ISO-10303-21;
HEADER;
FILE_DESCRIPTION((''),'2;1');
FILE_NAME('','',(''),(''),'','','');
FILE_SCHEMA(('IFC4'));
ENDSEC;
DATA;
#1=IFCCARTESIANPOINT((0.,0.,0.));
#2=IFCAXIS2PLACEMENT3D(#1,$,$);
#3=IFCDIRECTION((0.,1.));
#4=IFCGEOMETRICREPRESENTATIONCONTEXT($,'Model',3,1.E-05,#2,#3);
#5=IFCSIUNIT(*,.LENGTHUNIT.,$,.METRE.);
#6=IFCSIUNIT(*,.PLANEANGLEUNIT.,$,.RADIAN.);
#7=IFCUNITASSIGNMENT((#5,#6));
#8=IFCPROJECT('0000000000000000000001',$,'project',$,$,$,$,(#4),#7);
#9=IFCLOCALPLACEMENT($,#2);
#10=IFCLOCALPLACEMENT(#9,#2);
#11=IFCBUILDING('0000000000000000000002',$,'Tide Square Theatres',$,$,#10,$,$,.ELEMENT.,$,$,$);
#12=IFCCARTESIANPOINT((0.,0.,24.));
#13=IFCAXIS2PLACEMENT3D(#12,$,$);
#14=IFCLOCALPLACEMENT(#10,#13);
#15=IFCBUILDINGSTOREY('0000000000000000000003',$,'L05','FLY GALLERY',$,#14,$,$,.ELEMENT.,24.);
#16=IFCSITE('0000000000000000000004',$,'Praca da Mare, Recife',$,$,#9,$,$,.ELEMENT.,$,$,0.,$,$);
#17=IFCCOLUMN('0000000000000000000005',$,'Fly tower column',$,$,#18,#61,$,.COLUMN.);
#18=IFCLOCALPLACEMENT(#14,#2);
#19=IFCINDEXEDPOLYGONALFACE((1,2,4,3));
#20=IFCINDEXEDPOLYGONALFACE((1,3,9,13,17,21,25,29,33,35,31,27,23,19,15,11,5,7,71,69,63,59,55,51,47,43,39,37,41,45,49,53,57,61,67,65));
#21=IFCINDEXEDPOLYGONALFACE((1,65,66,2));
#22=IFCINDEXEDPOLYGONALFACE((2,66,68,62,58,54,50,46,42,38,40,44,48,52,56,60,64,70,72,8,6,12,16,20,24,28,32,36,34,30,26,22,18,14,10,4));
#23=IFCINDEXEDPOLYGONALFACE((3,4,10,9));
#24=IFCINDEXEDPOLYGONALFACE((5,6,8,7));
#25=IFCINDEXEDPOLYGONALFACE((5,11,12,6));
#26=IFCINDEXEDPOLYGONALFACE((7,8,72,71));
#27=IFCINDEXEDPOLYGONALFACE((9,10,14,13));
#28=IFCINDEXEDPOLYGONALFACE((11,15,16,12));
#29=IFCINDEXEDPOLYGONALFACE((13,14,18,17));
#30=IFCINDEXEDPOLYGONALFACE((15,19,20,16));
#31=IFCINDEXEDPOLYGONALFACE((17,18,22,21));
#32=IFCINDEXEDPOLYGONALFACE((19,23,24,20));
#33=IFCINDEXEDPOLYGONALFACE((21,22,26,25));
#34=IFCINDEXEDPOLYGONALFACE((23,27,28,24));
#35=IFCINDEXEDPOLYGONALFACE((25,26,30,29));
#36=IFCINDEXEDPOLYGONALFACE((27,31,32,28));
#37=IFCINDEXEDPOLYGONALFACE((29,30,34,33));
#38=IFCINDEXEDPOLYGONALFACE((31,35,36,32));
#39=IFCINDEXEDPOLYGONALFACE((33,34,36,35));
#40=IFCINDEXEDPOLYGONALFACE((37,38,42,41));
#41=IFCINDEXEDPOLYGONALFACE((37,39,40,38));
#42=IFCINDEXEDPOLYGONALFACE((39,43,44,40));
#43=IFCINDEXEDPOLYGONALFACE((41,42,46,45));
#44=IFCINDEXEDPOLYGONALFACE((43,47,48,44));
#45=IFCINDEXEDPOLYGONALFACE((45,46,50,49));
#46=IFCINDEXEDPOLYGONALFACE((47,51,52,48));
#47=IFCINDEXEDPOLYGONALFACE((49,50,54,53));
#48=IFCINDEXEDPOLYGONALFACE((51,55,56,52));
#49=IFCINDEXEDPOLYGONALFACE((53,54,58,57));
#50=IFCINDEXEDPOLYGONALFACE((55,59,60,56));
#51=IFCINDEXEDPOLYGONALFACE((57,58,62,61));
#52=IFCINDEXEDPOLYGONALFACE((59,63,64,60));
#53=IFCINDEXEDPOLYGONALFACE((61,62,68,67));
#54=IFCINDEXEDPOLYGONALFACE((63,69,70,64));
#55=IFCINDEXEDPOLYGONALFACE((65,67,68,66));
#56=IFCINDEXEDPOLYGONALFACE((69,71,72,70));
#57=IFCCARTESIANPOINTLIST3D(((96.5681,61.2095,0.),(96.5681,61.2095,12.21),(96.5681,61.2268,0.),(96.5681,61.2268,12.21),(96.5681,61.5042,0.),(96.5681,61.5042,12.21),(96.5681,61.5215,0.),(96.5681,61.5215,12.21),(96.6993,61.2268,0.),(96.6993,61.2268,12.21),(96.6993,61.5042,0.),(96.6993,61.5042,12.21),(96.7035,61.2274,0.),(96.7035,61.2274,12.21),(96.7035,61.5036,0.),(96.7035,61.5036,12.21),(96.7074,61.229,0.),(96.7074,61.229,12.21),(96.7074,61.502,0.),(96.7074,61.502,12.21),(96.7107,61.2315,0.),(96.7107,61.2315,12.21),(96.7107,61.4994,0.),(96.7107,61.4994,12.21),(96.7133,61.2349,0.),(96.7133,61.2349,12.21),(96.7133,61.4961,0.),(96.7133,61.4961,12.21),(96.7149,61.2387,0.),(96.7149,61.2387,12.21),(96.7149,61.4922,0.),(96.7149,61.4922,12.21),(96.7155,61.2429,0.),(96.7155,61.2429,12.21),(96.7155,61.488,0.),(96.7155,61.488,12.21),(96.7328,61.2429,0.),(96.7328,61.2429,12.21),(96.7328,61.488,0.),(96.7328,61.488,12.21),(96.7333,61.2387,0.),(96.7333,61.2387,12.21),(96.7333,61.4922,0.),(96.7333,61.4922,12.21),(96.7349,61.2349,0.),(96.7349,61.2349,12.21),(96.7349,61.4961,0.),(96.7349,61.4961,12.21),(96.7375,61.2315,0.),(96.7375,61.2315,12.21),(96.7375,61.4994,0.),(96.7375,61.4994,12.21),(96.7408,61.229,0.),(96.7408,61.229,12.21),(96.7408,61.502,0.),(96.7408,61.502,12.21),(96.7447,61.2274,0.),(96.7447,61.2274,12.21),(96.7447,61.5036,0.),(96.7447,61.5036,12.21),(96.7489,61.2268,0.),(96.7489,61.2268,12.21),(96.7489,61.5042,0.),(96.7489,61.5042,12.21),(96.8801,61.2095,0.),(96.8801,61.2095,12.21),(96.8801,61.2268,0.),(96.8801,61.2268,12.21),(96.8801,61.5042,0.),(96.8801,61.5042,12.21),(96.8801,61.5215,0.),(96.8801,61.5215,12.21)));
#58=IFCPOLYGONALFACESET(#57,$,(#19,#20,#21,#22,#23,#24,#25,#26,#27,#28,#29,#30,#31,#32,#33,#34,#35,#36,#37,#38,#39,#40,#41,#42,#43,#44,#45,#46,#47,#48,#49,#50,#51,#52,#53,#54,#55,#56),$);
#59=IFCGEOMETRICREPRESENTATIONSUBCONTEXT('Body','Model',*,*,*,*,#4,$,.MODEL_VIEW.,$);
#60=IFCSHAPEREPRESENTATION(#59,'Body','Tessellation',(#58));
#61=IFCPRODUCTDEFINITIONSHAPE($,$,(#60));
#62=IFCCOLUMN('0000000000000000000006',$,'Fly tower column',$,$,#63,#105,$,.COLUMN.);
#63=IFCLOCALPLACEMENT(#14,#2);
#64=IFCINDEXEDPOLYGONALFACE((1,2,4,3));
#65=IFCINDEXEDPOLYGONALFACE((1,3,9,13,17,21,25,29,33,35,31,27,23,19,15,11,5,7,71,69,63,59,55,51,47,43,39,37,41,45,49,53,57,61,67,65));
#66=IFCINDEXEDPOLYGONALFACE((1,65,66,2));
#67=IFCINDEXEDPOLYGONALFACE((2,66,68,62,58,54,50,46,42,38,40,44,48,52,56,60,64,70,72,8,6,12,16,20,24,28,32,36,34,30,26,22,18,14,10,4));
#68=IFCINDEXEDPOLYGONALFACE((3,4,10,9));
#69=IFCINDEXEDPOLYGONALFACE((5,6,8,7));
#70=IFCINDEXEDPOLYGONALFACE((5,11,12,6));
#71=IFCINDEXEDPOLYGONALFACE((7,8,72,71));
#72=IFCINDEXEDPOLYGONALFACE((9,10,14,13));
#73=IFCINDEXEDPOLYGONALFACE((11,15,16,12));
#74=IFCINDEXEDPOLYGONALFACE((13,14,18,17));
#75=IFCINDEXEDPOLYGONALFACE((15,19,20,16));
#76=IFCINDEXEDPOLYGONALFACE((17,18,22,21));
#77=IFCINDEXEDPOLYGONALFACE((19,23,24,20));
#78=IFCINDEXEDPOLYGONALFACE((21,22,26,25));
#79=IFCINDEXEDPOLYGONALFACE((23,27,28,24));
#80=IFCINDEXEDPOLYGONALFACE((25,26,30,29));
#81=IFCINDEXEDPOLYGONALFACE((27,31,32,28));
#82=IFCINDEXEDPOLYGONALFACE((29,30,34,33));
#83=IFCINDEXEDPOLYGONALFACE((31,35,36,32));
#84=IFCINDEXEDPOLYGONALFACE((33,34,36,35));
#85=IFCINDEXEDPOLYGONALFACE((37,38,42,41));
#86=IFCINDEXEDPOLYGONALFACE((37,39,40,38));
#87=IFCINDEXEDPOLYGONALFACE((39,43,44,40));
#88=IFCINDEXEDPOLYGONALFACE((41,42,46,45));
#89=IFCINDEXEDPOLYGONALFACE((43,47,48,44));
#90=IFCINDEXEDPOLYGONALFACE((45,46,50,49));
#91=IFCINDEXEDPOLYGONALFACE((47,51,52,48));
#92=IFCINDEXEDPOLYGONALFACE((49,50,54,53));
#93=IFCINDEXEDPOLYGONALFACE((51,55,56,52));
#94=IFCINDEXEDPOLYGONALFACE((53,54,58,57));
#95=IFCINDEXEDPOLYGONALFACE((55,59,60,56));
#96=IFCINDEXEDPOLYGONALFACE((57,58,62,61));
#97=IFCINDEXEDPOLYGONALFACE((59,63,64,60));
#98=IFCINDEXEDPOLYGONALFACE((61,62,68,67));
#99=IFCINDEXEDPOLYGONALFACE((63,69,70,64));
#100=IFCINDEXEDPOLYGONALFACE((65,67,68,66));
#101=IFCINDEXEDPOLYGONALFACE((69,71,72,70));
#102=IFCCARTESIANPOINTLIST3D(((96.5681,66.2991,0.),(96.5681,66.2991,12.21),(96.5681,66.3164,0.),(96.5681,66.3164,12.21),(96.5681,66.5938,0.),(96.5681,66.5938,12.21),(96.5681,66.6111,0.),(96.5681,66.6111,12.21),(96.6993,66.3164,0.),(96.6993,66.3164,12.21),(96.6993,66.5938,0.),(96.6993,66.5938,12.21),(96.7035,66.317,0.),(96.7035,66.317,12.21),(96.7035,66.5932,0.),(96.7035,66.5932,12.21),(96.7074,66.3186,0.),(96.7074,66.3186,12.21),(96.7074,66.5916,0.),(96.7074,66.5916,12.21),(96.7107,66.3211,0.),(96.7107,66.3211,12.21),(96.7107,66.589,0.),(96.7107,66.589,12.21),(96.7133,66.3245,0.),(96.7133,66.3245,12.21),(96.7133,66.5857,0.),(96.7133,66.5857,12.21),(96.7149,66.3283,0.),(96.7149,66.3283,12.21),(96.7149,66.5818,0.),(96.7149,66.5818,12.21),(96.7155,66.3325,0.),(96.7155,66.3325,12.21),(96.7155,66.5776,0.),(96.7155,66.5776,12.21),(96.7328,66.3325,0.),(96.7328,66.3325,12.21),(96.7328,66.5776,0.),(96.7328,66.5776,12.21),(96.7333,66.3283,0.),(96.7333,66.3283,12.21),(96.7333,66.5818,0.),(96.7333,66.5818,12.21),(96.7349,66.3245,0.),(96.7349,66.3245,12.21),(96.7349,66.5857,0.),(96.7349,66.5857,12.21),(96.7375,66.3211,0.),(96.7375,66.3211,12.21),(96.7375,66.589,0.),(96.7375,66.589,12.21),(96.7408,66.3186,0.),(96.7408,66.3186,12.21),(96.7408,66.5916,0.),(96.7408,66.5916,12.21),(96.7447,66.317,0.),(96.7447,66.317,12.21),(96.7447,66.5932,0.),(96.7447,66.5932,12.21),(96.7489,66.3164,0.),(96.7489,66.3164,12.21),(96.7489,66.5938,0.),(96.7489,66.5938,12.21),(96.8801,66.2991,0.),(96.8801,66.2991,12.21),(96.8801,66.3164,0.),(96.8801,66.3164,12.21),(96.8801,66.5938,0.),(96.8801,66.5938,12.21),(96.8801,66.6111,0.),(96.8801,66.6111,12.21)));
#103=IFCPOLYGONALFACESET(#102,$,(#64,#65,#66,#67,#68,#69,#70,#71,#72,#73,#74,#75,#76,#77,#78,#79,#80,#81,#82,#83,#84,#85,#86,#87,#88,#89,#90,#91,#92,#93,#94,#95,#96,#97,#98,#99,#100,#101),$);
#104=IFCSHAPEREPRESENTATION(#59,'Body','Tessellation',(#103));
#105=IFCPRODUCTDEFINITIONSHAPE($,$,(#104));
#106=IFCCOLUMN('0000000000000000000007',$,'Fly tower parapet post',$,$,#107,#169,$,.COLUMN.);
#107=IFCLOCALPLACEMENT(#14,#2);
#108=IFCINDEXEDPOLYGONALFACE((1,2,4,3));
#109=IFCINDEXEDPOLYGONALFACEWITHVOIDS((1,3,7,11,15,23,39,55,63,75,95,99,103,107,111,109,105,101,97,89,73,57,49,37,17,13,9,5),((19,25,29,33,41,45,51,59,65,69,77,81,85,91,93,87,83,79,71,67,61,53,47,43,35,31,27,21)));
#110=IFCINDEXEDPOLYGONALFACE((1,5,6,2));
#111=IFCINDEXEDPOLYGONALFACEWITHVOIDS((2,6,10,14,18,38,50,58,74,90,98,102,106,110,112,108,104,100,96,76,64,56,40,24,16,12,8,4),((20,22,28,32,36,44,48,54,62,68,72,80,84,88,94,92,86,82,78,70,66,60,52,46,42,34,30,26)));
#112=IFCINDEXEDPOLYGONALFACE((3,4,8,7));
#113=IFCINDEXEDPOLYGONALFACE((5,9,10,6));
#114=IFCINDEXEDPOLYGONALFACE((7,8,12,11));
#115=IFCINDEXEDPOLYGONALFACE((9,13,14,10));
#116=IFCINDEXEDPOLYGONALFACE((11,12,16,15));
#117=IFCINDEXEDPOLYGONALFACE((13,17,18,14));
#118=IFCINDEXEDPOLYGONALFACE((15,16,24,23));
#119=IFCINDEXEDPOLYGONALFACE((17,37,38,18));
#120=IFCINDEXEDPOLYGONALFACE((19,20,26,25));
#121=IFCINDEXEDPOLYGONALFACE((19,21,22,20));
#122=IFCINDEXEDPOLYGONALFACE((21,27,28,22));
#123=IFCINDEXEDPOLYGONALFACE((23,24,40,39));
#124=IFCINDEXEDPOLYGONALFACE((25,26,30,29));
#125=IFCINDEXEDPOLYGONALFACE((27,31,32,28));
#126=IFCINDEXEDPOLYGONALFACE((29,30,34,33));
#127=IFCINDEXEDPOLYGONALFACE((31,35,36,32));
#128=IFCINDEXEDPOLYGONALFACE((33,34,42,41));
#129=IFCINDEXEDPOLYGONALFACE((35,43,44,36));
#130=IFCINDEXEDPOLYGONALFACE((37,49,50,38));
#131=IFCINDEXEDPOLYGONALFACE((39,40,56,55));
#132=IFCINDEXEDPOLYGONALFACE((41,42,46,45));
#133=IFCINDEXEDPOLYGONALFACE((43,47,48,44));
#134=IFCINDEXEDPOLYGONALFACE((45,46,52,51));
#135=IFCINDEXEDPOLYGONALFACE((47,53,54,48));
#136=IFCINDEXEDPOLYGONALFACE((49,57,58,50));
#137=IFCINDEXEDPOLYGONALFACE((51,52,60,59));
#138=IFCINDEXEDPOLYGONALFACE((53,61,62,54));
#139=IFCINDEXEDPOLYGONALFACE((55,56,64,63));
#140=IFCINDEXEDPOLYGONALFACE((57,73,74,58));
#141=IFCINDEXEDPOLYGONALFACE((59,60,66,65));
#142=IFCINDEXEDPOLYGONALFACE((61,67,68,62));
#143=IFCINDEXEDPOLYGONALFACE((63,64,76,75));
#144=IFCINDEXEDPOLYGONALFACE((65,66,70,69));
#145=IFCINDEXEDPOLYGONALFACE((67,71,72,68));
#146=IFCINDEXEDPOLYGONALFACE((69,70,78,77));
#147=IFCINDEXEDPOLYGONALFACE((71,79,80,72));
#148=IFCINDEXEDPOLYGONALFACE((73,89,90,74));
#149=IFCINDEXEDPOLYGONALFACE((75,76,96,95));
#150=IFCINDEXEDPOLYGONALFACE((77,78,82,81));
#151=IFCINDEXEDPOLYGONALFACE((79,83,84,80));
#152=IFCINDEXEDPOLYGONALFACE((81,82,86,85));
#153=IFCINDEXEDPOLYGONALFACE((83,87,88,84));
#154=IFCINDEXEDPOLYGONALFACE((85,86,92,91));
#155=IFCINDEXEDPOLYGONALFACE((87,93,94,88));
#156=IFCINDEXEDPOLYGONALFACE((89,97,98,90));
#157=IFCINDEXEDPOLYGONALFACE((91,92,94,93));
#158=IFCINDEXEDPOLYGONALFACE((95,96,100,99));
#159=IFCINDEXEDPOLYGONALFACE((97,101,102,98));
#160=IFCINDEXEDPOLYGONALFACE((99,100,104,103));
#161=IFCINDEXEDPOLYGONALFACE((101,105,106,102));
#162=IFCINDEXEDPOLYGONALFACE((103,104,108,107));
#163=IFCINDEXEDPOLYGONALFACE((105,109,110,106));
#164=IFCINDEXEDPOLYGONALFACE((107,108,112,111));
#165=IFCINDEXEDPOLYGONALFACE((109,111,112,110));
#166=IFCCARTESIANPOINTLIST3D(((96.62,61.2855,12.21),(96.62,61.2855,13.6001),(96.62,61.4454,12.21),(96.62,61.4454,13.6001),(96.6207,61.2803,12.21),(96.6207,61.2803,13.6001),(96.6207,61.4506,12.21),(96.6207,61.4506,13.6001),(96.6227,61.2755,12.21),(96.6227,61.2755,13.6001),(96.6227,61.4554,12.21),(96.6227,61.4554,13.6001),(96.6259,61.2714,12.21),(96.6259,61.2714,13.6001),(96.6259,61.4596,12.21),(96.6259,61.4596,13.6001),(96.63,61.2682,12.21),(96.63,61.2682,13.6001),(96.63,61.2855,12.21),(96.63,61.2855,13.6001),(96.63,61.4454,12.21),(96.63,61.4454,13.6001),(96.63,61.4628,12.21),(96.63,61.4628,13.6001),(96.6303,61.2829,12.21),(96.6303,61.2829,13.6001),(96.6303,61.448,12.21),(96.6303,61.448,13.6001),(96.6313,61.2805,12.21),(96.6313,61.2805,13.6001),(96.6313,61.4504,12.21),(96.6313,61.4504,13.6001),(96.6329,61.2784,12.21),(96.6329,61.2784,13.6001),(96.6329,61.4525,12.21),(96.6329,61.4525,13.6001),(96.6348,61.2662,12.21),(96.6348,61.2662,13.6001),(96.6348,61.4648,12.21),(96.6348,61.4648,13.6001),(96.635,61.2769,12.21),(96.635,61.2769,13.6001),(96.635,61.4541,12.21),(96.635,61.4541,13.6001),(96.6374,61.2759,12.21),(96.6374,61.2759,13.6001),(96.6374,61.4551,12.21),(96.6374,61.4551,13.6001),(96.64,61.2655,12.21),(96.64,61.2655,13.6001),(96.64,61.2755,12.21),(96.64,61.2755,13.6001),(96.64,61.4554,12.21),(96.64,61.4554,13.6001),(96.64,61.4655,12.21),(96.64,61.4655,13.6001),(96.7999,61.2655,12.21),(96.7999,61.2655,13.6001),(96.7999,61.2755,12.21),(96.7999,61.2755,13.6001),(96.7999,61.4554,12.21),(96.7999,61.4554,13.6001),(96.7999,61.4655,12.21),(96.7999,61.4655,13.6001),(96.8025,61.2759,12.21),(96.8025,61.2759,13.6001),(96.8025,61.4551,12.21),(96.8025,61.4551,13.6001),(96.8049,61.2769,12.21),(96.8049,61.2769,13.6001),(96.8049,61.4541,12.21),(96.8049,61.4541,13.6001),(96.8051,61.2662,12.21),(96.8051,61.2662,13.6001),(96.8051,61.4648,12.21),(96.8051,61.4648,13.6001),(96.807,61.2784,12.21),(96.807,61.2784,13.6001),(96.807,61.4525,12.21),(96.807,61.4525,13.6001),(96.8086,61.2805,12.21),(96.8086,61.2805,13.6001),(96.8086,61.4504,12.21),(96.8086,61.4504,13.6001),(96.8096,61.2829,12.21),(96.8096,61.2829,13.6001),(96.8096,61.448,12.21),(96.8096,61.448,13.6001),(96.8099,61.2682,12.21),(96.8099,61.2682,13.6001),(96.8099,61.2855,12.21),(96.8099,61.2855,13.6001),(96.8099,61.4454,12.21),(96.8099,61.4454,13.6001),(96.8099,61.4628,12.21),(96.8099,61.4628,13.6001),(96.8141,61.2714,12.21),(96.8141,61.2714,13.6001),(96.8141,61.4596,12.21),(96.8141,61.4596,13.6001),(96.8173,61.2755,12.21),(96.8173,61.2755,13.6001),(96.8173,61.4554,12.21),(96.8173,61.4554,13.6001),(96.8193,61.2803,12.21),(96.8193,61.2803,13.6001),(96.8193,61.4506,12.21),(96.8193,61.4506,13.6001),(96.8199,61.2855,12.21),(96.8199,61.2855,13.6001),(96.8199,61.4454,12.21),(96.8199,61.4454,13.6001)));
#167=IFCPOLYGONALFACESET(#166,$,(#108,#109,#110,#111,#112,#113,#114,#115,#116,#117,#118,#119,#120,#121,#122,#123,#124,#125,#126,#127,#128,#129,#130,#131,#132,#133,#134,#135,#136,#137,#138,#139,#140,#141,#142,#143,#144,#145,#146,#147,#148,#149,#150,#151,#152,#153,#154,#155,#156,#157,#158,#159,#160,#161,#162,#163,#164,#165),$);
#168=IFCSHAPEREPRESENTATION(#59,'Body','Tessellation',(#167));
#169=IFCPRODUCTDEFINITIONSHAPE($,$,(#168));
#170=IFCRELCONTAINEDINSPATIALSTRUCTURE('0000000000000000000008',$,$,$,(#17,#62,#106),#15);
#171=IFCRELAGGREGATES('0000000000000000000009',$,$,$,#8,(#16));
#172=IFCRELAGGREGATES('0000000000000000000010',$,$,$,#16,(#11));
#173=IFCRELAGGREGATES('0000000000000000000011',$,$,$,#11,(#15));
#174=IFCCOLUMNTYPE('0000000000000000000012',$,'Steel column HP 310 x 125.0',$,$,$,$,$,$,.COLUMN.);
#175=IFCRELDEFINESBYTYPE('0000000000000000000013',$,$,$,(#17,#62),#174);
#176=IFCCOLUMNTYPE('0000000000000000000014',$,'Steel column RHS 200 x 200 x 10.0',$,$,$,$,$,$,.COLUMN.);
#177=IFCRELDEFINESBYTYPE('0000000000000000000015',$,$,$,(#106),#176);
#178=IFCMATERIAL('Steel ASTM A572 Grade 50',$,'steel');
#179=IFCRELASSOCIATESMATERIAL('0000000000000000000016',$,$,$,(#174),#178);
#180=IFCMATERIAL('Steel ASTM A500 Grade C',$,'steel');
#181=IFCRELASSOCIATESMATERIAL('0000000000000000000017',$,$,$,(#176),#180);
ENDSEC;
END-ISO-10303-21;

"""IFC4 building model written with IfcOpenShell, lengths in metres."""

from ifc_helpers import new_model, si_unit, direction, frame, origin, origin_2d, place, context, subcontext, project, spatial, hollow_rectangle, i_section, extrude, material, material_profile, profile_set, type_object, element, save


model = new_model("IFC4")

# Units and contexts
model_context = context("Model", 3, precision=1e-05, world=origin(), true_north=direction((0.0, 1.0)))
body_context = subcontext(model_context, "Body", "Model", "MODEL_VIEW")
ifc_project = project(units=[si_unit("LENGTHUNIT", "METRE"), si_unit("PLANEANGLEUNIT", "RADIAN")], contexts=[model_context])

# Site, building, storey
site_placement = place(None, origin())
site = spatial("IfcSite", under=ifc_project, at=site_placement, Name="Praca da Mare, Recife", CompositionType="ELEMENT", RefElevation=0.0)
building_placement = place(site_placement, origin())
building = spatial("IfcBuilding", under=site, at=building_placement, Name="Tide Square Theatres", CompositionType="ELEMENT")
storey_placement = place(building_placement, frame((0.0, 0.0, 24.0)))
storey = spatial("IfcBuildingStorey", under=building, at=storey_placement, Name="L05", Description="FLY GALLERY", CompositionType="ELEMENT", Elevation=24.0)

# Columns
ifc_material_1 = material(Name="Steel ASTM A572 Grade 50", Category="steel")
ifc_material_profile_1 = material_profile(ifc_material_1, i_section(OverallWidth=0.312, OverallDepth=0.312, WebThickness=0.0173, FlangeThickness=0.0173, FilletRadius=0.0161, at=origin_2d()))
ifc_profile_set_1 = profile_set([ifc_material_profile_1], Name="Steel ASTM A572 Grade 50")
column_type_1 = type_object("IfcColumnType", Name="Steel column HP 310 x 125.0", PredefinedType="COLUMN", material=ifc_profile_set_1)
for number, where, z_axis, x_axis, name in (
    (1, (96.7241, 61.3655, 0.0), (0.0, 0.0, 1.0), (1.0, 0.0, 0.0), "Fly tower column"),
    (2, (96.7241, 66.4551, 0.0), (0.0, 0.0, 1.0), (1.0, 0.0, 0.0), "Fly tower column"),
):
    element("IfcColumn", number, at=place(storey_placement, frame(where, z_axis=z_axis, x_axis=x_axis)), inside=storey, type_object=column_type_1, Name=name, PredefinedType="COLUMN", context=body_context, shape_type="SweptSolid", body=[
        extrude(i_section(OverallWidth=0.312, OverallDepth=0.312, WebThickness=0.0173, FlangeThickness=0.0173, FilletRadius=0.0161, at=origin_2d()), origin(), (0.0, 0.0, 1.0), 12.21),
    ])
ifc_material_2 = material(Name="Steel ASTM A500 Grade C", Category="steel")
ifc_material_profile_2 = material_profile(ifc_material_2, hollow_rectangle(XDim=0.2, YDim=0.2, WallThickness=0.01, InnerFilletRadius=0.01, OuterFilletRadius=0.02, at=origin_2d()))
ifc_profile_set_2 = profile_set([ifc_material_profile_2], Name="Steel ASTM A500 Grade C")
column_type_2 = type_object("IfcColumnType", Name="Steel column RHS 200 x 200 x 10.0", PredefinedType="COLUMN", material=ifc_profile_set_2)
for number, where, z_axis, x_axis, name in (
    (3, (96.72, 61.3655, 12.21), (0.0, 0.0, 1.0), (1.0, 0.0, 0.0), "Fly tower parapet post"),
):
    element("IfcColumn", number, at=place(storey_placement, frame(where, z_axis=z_axis, x_axis=x_axis)), inside=storey, type_object=column_type_2, Name=name, PredefinedType="COLUMN", context=body_context, shape_type="SweptSolid", body=[
        extrude(hollow_rectangle(XDim=0.2, YDim=0.2, WallThickness=0.01, InnerFilletRadius=0.01, OuterFilletRadius=0.02, at=origin_2d()), origin(), (0.0, 0.0, 1.0), 1.3901),
    ])

save(model, "model.ifc")
